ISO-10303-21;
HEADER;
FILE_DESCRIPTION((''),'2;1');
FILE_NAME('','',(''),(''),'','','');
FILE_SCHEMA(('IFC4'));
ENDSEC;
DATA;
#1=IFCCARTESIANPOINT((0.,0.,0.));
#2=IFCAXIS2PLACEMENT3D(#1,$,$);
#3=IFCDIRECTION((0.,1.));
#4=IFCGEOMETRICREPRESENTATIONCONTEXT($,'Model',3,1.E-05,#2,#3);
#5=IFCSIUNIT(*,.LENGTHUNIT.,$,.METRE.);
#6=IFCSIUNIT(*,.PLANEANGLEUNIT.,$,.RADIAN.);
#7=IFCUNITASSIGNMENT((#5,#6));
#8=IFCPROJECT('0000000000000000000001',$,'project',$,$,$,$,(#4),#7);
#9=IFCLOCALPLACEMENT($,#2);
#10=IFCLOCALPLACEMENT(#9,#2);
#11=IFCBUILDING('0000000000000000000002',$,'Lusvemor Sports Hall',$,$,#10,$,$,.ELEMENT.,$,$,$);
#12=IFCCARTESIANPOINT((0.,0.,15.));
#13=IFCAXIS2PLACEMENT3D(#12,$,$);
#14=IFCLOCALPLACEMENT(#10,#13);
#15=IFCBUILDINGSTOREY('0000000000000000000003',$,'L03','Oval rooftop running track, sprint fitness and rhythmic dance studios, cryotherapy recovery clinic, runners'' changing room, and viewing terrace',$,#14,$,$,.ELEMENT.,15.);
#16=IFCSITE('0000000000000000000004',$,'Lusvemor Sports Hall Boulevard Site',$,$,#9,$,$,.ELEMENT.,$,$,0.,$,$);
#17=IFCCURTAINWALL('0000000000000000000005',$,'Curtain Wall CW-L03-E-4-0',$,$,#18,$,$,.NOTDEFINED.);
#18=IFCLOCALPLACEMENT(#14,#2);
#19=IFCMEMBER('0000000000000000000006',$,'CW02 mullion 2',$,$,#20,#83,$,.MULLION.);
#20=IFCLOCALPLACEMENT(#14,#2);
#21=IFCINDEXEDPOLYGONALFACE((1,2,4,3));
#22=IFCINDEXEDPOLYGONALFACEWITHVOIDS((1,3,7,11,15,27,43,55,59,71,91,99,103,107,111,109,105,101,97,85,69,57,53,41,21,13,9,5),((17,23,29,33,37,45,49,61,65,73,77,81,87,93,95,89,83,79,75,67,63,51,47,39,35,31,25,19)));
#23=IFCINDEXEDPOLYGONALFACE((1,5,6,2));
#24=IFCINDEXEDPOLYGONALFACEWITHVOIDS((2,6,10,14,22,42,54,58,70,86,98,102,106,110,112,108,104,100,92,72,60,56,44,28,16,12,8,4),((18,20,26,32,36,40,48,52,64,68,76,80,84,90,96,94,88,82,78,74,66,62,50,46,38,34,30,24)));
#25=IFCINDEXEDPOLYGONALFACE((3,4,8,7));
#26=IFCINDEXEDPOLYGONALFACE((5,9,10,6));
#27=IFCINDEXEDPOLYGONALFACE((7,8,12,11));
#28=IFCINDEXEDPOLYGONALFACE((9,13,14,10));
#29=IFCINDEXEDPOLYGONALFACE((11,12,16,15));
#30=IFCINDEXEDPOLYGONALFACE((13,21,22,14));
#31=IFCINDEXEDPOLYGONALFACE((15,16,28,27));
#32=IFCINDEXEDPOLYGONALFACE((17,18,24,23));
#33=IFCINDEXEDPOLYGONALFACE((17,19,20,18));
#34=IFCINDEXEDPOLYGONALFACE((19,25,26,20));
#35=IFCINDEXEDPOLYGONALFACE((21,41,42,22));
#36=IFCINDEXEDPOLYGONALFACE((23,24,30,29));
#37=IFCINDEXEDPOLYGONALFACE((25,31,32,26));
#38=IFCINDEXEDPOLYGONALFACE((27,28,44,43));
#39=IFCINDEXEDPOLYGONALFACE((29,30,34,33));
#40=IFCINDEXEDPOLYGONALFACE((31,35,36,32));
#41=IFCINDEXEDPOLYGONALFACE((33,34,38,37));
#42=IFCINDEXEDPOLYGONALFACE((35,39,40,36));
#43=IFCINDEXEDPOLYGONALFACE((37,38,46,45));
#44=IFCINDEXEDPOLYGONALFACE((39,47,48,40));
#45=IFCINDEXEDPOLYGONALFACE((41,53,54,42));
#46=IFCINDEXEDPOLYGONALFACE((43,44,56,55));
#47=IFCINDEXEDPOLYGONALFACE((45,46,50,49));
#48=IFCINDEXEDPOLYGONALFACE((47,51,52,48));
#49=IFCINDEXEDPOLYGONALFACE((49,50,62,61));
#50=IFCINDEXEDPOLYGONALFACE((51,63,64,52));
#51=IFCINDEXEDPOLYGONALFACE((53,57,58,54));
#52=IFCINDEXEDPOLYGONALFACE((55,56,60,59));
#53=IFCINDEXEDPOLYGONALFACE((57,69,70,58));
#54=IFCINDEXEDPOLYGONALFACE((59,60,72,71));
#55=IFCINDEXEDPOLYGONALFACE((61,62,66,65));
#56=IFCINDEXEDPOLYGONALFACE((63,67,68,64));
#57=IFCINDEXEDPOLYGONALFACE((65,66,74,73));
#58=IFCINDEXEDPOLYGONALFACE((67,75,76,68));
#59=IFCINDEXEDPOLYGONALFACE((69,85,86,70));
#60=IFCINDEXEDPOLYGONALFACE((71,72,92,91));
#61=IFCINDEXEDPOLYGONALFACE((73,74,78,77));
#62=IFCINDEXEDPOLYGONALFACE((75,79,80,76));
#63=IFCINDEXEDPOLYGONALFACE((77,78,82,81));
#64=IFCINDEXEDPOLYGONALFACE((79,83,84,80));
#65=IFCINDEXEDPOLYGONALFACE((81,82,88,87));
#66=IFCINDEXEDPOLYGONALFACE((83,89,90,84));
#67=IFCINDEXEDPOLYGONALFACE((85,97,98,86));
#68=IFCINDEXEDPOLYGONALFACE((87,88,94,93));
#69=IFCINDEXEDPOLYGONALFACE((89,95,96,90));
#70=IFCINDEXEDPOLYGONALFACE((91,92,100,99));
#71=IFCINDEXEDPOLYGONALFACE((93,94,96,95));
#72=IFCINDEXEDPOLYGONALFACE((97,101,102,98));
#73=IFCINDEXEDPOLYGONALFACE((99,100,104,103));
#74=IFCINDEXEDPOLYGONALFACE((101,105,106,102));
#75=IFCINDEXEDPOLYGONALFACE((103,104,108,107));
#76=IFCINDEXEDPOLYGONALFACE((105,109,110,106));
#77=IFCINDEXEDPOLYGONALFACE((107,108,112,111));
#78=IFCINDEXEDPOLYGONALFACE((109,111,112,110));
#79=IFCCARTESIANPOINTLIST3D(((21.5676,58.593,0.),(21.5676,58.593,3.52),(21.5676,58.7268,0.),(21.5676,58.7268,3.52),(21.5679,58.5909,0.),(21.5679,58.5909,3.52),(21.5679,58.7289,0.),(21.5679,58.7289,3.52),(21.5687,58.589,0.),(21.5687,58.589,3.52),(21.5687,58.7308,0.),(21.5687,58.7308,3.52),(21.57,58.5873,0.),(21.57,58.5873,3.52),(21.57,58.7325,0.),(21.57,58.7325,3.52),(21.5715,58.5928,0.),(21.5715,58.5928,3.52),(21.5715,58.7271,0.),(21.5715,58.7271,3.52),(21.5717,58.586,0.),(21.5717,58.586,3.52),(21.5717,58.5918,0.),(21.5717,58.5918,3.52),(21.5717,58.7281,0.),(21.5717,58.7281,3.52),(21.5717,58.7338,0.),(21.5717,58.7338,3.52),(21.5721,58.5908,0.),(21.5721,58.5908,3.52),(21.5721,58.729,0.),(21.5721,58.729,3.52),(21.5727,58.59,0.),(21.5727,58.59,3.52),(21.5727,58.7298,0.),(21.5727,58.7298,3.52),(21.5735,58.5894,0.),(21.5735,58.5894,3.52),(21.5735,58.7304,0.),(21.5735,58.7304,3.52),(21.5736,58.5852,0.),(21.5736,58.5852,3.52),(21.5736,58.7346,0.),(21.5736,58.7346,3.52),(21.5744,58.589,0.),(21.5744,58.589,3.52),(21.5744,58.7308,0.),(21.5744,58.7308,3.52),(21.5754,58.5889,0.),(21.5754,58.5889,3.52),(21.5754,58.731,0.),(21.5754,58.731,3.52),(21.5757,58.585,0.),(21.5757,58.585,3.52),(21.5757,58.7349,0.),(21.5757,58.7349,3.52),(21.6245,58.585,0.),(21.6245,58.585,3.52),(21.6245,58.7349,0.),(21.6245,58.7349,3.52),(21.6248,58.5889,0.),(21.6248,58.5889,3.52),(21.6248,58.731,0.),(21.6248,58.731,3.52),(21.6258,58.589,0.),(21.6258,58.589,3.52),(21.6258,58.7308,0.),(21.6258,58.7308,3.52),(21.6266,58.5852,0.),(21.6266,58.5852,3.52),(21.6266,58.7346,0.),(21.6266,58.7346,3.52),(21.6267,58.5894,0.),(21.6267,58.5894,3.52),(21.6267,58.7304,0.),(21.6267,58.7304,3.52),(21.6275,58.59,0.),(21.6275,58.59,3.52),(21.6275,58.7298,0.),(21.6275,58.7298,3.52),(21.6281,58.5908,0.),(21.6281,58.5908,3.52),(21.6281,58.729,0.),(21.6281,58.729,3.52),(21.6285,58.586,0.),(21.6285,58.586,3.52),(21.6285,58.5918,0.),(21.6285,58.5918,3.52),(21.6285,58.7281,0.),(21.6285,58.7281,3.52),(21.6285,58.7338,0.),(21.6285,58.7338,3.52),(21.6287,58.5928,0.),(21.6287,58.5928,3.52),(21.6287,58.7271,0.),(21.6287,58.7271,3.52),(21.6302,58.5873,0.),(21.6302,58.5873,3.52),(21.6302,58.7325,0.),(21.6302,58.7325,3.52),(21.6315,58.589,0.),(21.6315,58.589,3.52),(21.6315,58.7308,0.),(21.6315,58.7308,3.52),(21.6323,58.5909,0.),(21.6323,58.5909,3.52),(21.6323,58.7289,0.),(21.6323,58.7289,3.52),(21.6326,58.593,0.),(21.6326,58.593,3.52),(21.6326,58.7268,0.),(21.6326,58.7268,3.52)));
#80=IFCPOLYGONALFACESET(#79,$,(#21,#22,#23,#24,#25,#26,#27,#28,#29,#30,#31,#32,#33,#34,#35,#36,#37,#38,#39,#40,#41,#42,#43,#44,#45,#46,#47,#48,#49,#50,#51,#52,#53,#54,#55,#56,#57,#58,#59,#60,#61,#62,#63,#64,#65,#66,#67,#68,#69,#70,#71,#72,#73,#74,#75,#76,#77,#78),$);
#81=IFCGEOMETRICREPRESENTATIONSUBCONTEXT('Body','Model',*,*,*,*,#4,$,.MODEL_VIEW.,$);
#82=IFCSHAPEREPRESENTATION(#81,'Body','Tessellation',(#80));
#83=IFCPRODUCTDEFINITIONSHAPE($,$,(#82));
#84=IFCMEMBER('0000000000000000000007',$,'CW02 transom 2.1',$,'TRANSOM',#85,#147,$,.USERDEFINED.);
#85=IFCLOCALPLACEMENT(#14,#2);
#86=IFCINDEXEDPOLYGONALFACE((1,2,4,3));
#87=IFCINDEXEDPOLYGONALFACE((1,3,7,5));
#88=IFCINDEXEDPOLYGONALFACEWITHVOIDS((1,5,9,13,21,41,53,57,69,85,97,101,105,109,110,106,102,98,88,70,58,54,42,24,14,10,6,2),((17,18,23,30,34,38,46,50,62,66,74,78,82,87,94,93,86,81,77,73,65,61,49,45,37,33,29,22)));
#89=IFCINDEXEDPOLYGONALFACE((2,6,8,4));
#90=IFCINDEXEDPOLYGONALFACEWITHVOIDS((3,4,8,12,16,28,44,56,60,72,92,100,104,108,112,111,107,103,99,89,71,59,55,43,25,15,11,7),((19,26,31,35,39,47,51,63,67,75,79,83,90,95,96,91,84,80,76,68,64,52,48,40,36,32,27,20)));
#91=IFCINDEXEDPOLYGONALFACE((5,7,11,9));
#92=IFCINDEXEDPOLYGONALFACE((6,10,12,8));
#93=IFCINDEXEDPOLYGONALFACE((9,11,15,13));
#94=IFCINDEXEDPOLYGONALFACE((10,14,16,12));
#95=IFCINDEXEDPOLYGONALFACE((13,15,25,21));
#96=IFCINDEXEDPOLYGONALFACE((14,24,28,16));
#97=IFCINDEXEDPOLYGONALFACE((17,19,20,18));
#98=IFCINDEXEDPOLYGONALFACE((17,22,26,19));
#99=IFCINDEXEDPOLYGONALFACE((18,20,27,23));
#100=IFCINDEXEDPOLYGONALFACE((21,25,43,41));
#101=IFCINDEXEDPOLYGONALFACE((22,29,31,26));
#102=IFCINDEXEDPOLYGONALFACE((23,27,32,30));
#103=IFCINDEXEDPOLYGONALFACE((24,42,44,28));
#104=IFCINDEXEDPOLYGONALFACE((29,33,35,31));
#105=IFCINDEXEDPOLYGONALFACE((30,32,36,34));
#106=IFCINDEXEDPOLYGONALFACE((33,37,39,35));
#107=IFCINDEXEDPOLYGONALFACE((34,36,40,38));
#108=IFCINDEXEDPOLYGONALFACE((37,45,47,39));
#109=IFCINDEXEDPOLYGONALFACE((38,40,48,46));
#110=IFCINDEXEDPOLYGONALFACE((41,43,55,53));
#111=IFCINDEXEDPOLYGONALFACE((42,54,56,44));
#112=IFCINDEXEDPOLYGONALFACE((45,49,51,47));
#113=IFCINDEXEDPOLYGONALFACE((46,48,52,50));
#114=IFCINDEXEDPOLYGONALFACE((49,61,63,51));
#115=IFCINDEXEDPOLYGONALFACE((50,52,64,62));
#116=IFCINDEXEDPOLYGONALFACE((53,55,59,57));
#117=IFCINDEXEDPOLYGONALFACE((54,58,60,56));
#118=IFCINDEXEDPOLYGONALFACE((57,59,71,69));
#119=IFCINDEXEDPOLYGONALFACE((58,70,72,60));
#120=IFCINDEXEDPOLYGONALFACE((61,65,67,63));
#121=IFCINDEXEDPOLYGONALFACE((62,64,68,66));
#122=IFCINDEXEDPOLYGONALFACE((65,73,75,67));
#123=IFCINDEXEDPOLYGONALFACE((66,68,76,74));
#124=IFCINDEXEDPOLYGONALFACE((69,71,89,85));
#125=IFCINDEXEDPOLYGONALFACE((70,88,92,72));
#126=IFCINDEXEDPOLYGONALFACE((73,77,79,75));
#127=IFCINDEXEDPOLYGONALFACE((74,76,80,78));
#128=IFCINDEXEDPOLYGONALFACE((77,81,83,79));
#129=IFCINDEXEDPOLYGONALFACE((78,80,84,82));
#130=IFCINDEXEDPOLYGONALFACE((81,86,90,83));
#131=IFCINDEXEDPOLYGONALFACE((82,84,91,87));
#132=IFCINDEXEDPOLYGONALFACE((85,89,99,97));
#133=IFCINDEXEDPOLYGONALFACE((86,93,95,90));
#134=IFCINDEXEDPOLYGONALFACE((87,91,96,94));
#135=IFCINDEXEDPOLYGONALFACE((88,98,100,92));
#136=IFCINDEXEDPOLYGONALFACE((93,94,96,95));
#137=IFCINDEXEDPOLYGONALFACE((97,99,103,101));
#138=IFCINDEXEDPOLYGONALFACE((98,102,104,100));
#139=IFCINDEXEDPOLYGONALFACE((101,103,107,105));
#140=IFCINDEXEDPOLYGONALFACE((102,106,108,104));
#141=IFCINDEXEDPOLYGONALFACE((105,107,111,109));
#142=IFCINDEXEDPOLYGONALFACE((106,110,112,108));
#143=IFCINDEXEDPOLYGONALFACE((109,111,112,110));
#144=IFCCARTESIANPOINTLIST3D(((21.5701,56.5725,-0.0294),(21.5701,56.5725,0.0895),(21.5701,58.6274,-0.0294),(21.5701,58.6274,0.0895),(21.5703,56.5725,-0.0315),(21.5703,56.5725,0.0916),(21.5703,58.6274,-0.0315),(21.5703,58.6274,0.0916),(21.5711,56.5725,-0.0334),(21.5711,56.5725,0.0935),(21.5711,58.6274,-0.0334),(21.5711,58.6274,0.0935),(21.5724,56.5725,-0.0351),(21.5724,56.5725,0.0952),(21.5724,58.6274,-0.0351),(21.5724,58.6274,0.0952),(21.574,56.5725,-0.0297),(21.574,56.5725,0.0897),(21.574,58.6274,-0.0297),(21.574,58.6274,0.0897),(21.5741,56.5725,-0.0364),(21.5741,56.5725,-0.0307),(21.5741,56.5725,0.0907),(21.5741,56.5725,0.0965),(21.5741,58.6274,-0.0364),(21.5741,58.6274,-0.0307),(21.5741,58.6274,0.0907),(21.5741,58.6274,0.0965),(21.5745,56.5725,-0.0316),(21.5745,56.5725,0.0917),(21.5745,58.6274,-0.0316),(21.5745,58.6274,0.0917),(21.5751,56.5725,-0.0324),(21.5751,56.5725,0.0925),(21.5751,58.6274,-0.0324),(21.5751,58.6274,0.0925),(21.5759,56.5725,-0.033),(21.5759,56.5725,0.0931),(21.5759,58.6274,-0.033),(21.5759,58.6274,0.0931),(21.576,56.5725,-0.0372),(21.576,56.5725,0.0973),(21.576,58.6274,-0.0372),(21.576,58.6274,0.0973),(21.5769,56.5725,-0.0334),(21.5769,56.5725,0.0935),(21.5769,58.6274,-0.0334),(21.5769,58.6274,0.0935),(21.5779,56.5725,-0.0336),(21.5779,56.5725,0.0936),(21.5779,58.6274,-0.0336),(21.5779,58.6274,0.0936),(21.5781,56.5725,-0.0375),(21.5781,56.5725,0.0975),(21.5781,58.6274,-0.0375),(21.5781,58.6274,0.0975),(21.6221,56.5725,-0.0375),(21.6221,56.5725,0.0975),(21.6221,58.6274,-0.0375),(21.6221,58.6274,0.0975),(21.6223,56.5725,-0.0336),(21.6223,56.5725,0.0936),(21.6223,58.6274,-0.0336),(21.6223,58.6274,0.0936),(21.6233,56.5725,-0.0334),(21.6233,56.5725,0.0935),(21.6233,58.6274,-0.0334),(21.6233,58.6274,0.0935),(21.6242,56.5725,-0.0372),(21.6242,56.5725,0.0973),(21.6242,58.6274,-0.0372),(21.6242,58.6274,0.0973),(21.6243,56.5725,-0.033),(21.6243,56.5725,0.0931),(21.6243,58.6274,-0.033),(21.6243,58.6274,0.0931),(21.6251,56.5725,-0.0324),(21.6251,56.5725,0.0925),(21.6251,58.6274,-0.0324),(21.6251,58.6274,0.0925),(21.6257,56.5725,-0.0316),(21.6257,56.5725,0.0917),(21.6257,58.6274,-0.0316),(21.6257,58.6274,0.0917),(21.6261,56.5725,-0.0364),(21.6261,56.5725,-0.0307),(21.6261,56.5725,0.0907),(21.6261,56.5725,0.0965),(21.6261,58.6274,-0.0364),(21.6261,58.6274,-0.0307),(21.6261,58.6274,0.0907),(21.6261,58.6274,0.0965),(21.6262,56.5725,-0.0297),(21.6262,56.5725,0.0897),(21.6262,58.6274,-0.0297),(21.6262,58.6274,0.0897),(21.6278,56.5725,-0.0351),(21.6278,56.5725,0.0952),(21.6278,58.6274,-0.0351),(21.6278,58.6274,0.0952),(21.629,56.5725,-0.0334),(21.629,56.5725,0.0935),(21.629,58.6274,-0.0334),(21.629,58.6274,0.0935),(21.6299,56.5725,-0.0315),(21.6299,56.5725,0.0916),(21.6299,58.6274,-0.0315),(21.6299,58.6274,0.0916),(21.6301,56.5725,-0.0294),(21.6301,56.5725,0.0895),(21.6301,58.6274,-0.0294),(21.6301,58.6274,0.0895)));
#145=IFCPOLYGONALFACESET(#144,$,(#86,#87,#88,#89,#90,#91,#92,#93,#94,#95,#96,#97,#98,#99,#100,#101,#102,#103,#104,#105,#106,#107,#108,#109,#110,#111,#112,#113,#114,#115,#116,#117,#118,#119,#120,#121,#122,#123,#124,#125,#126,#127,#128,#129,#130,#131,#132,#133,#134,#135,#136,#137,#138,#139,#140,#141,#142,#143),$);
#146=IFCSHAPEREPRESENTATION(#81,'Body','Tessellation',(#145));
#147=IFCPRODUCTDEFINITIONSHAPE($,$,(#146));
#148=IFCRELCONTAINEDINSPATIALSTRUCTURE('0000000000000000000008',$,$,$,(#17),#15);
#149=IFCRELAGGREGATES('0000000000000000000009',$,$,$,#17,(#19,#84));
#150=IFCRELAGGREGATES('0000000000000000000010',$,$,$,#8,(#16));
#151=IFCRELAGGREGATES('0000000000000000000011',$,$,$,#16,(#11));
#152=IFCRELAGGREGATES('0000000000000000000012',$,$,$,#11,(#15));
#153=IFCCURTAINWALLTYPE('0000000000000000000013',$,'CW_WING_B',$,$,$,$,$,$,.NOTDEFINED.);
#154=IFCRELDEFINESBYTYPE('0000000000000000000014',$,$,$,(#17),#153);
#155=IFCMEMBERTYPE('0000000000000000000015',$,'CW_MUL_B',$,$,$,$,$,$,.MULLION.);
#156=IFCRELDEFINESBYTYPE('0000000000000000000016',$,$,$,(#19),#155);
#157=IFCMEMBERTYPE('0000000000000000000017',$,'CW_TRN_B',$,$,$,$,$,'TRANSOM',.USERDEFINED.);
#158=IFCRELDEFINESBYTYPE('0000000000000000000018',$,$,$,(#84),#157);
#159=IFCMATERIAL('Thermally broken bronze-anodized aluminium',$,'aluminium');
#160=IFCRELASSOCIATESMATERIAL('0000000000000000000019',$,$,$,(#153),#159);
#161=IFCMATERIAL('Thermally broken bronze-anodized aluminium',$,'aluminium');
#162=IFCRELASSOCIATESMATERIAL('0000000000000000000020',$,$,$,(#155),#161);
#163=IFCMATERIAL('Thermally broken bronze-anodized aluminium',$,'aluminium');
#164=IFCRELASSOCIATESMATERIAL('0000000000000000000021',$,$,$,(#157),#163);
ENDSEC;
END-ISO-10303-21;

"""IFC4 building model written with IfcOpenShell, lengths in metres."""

from ifc_helpers import new_model, si_unit, direction, frame, origin, origin_2d, place, context, subcontext, project, spatial, hollow_rectangle, extrude, material, material_profile, profile_set, type_object, element, aggregate, save


model = new_model("IFC4")

# Units and contexts
model_context = context("Model", 3, precision=1e-05, world=origin(), true_north=direction((0.0, 1.0)))
body_context = subcontext(model_context, "Body", "Model", "MODEL_VIEW")
ifc_project = project(units=[si_unit("LENGTHUNIT", "METRE"), si_unit("PLANEANGLEUNIT", "RADIAN")], contexts=[model_context])

# Site, building, storey
site_placement = place(None, origin())
site = spatial("IfcSite", under=ifc_project, at=site_placement, Name="Lusvemor Sports Hall Boulevard Site", CompositionType="ELEMENT", RefElevation=0.0)
building_placement = place(site_placement, origin())
building = spatial("IfcBuilding", under=site, at=building_placement, Name="Lusvemor Sports Hall", CompositionType="ELEMENT")
storey_placement = place(building_placement, frame((0.0, 0.0, 15.0)))
storey = spatial("IfcBuildingStorey", under=building, at=storey_placement, Name="L03", Description="Oval rooftop running track, sprint fitness and rhythmic dance studios, cryotherapy recovery clinic, runners' changing room, and viewing terrace", CompositionType="ELEMENT", Elevation=15.0)

# Shared definitions
ifc_material_1 = material(Name="Thermally broken bronze-anodized aluminium", Category="aluminium")
curtain_wall_type = type_object("IfcCurtainWallType", Name="CW_WING_B", PredefinedType="NOTDEFINED", material=ifc_material_1)
ifc_material_2 = material(Name="Thermally broken bronze-anodized aluminium", Category="aluminium")
ifc_material_profile_1 = material_profile(ifc_material_2, hollow_rectangle(XDim=0.0649, YDim=0.1499, WallThickness=0.0039, InnerFilletRadius=0.0039, OuterFilletRadius=0.0081, at=origin_2d()), Name="CWMUL150x65x4")
ifc_profile_set_1 = profile_set([ifc_material_profile_1], Name="Thermally broken bronze-anodized aluminium")
member_type_1 = type_object("IfcMemberType", Name="CW_MUL_B", PredefinedType="MULLION", material=ifc_profile_set_1)

# Curtain wall, members
curtain_wall_1_placement = place(storey_placement, origin())
curtain_wall_1 = element("IfcCurtainWall", 1, at=curtain_wall_1_placement, inside=storey, type_object=curtain_wall_type, Name="Curtain Wall CW-L03-E-4-0", PredefinedType="NOTDEFINED")
member_1_placement = place(storey_placement, frame((21.6001, 58.6599, 0.0), z_axis=(0.0, 0.0, 1.0), x_axis=(1.0, 0.0, 0.0)))
member_1 = element("IfcMember", 2, at=member_1_placement, type_object=member_type_1, Name="CW02 mullion 2", PredefinedType="MULLION", context=body_context, shape_type="SweptSolid", body=[
    extrude(hollow_rectangle(XDim=0.0649, YDim=0.1499, WallThickness=0.0039, InnerFilletRadius=0.0039, OuterFilletRadius=0.0081, at=origin_2d()), origin(), (0.0, 0.0, 1.0), 3.52),
])
ifc_material_3 = material(Name="Thermally broken bronze-anodized aluminium", Category="aluminium")
ifc_material_profile_2 = material_profile(ifc_material_3, hollow_rectangle(XDim=0.0601, YDim=0.135, WallThickness=0.0039, InnerFilletRadius=0.0039, OuterFilletRadius=0.0081, at=origin_2d()), Name="CWTRN135x60x4")
ifc_profile_set_2 = profile_set([ifc_material_profile_2], Name="Thermally broken bronze-anodized aluminium")
member_type_2 = type_object("IfcMemberType", Name="CW_TRN_B", ElementType="TRANSOM", PredefinedType="USERDEFINED", material=ifc_profile_set_2)
member_2_placement = place(storey_placement, frame((21.6001, 58.6274, 0.03), z_axis=(0.0, -1.0, 0.0), x_axis=(1.0, 0.0, 0.0)))
member_2 = element("IfcMember", 3, at=member_2_placement, type_object=member_type_2, Name="CW02 transom 2.1", ObjectType="TRANSOM", PredefinedType="USERDEFINED", context=body_context, shape_type="SweptSolid", body=[
    extrude(hollow_rectangle(XDim=0.0601, YDim=0.135, WallThickness=0.0039, InnerFilletRadius=0.0039, OuterFilletRadius=0.0081, at=origin_2d()), origin(), (0.0, 0.0, 1.0), 2.0549),
])

aggregate(curtain_wall_1, [member_1, member_2])

save(model, "model.ifc")
